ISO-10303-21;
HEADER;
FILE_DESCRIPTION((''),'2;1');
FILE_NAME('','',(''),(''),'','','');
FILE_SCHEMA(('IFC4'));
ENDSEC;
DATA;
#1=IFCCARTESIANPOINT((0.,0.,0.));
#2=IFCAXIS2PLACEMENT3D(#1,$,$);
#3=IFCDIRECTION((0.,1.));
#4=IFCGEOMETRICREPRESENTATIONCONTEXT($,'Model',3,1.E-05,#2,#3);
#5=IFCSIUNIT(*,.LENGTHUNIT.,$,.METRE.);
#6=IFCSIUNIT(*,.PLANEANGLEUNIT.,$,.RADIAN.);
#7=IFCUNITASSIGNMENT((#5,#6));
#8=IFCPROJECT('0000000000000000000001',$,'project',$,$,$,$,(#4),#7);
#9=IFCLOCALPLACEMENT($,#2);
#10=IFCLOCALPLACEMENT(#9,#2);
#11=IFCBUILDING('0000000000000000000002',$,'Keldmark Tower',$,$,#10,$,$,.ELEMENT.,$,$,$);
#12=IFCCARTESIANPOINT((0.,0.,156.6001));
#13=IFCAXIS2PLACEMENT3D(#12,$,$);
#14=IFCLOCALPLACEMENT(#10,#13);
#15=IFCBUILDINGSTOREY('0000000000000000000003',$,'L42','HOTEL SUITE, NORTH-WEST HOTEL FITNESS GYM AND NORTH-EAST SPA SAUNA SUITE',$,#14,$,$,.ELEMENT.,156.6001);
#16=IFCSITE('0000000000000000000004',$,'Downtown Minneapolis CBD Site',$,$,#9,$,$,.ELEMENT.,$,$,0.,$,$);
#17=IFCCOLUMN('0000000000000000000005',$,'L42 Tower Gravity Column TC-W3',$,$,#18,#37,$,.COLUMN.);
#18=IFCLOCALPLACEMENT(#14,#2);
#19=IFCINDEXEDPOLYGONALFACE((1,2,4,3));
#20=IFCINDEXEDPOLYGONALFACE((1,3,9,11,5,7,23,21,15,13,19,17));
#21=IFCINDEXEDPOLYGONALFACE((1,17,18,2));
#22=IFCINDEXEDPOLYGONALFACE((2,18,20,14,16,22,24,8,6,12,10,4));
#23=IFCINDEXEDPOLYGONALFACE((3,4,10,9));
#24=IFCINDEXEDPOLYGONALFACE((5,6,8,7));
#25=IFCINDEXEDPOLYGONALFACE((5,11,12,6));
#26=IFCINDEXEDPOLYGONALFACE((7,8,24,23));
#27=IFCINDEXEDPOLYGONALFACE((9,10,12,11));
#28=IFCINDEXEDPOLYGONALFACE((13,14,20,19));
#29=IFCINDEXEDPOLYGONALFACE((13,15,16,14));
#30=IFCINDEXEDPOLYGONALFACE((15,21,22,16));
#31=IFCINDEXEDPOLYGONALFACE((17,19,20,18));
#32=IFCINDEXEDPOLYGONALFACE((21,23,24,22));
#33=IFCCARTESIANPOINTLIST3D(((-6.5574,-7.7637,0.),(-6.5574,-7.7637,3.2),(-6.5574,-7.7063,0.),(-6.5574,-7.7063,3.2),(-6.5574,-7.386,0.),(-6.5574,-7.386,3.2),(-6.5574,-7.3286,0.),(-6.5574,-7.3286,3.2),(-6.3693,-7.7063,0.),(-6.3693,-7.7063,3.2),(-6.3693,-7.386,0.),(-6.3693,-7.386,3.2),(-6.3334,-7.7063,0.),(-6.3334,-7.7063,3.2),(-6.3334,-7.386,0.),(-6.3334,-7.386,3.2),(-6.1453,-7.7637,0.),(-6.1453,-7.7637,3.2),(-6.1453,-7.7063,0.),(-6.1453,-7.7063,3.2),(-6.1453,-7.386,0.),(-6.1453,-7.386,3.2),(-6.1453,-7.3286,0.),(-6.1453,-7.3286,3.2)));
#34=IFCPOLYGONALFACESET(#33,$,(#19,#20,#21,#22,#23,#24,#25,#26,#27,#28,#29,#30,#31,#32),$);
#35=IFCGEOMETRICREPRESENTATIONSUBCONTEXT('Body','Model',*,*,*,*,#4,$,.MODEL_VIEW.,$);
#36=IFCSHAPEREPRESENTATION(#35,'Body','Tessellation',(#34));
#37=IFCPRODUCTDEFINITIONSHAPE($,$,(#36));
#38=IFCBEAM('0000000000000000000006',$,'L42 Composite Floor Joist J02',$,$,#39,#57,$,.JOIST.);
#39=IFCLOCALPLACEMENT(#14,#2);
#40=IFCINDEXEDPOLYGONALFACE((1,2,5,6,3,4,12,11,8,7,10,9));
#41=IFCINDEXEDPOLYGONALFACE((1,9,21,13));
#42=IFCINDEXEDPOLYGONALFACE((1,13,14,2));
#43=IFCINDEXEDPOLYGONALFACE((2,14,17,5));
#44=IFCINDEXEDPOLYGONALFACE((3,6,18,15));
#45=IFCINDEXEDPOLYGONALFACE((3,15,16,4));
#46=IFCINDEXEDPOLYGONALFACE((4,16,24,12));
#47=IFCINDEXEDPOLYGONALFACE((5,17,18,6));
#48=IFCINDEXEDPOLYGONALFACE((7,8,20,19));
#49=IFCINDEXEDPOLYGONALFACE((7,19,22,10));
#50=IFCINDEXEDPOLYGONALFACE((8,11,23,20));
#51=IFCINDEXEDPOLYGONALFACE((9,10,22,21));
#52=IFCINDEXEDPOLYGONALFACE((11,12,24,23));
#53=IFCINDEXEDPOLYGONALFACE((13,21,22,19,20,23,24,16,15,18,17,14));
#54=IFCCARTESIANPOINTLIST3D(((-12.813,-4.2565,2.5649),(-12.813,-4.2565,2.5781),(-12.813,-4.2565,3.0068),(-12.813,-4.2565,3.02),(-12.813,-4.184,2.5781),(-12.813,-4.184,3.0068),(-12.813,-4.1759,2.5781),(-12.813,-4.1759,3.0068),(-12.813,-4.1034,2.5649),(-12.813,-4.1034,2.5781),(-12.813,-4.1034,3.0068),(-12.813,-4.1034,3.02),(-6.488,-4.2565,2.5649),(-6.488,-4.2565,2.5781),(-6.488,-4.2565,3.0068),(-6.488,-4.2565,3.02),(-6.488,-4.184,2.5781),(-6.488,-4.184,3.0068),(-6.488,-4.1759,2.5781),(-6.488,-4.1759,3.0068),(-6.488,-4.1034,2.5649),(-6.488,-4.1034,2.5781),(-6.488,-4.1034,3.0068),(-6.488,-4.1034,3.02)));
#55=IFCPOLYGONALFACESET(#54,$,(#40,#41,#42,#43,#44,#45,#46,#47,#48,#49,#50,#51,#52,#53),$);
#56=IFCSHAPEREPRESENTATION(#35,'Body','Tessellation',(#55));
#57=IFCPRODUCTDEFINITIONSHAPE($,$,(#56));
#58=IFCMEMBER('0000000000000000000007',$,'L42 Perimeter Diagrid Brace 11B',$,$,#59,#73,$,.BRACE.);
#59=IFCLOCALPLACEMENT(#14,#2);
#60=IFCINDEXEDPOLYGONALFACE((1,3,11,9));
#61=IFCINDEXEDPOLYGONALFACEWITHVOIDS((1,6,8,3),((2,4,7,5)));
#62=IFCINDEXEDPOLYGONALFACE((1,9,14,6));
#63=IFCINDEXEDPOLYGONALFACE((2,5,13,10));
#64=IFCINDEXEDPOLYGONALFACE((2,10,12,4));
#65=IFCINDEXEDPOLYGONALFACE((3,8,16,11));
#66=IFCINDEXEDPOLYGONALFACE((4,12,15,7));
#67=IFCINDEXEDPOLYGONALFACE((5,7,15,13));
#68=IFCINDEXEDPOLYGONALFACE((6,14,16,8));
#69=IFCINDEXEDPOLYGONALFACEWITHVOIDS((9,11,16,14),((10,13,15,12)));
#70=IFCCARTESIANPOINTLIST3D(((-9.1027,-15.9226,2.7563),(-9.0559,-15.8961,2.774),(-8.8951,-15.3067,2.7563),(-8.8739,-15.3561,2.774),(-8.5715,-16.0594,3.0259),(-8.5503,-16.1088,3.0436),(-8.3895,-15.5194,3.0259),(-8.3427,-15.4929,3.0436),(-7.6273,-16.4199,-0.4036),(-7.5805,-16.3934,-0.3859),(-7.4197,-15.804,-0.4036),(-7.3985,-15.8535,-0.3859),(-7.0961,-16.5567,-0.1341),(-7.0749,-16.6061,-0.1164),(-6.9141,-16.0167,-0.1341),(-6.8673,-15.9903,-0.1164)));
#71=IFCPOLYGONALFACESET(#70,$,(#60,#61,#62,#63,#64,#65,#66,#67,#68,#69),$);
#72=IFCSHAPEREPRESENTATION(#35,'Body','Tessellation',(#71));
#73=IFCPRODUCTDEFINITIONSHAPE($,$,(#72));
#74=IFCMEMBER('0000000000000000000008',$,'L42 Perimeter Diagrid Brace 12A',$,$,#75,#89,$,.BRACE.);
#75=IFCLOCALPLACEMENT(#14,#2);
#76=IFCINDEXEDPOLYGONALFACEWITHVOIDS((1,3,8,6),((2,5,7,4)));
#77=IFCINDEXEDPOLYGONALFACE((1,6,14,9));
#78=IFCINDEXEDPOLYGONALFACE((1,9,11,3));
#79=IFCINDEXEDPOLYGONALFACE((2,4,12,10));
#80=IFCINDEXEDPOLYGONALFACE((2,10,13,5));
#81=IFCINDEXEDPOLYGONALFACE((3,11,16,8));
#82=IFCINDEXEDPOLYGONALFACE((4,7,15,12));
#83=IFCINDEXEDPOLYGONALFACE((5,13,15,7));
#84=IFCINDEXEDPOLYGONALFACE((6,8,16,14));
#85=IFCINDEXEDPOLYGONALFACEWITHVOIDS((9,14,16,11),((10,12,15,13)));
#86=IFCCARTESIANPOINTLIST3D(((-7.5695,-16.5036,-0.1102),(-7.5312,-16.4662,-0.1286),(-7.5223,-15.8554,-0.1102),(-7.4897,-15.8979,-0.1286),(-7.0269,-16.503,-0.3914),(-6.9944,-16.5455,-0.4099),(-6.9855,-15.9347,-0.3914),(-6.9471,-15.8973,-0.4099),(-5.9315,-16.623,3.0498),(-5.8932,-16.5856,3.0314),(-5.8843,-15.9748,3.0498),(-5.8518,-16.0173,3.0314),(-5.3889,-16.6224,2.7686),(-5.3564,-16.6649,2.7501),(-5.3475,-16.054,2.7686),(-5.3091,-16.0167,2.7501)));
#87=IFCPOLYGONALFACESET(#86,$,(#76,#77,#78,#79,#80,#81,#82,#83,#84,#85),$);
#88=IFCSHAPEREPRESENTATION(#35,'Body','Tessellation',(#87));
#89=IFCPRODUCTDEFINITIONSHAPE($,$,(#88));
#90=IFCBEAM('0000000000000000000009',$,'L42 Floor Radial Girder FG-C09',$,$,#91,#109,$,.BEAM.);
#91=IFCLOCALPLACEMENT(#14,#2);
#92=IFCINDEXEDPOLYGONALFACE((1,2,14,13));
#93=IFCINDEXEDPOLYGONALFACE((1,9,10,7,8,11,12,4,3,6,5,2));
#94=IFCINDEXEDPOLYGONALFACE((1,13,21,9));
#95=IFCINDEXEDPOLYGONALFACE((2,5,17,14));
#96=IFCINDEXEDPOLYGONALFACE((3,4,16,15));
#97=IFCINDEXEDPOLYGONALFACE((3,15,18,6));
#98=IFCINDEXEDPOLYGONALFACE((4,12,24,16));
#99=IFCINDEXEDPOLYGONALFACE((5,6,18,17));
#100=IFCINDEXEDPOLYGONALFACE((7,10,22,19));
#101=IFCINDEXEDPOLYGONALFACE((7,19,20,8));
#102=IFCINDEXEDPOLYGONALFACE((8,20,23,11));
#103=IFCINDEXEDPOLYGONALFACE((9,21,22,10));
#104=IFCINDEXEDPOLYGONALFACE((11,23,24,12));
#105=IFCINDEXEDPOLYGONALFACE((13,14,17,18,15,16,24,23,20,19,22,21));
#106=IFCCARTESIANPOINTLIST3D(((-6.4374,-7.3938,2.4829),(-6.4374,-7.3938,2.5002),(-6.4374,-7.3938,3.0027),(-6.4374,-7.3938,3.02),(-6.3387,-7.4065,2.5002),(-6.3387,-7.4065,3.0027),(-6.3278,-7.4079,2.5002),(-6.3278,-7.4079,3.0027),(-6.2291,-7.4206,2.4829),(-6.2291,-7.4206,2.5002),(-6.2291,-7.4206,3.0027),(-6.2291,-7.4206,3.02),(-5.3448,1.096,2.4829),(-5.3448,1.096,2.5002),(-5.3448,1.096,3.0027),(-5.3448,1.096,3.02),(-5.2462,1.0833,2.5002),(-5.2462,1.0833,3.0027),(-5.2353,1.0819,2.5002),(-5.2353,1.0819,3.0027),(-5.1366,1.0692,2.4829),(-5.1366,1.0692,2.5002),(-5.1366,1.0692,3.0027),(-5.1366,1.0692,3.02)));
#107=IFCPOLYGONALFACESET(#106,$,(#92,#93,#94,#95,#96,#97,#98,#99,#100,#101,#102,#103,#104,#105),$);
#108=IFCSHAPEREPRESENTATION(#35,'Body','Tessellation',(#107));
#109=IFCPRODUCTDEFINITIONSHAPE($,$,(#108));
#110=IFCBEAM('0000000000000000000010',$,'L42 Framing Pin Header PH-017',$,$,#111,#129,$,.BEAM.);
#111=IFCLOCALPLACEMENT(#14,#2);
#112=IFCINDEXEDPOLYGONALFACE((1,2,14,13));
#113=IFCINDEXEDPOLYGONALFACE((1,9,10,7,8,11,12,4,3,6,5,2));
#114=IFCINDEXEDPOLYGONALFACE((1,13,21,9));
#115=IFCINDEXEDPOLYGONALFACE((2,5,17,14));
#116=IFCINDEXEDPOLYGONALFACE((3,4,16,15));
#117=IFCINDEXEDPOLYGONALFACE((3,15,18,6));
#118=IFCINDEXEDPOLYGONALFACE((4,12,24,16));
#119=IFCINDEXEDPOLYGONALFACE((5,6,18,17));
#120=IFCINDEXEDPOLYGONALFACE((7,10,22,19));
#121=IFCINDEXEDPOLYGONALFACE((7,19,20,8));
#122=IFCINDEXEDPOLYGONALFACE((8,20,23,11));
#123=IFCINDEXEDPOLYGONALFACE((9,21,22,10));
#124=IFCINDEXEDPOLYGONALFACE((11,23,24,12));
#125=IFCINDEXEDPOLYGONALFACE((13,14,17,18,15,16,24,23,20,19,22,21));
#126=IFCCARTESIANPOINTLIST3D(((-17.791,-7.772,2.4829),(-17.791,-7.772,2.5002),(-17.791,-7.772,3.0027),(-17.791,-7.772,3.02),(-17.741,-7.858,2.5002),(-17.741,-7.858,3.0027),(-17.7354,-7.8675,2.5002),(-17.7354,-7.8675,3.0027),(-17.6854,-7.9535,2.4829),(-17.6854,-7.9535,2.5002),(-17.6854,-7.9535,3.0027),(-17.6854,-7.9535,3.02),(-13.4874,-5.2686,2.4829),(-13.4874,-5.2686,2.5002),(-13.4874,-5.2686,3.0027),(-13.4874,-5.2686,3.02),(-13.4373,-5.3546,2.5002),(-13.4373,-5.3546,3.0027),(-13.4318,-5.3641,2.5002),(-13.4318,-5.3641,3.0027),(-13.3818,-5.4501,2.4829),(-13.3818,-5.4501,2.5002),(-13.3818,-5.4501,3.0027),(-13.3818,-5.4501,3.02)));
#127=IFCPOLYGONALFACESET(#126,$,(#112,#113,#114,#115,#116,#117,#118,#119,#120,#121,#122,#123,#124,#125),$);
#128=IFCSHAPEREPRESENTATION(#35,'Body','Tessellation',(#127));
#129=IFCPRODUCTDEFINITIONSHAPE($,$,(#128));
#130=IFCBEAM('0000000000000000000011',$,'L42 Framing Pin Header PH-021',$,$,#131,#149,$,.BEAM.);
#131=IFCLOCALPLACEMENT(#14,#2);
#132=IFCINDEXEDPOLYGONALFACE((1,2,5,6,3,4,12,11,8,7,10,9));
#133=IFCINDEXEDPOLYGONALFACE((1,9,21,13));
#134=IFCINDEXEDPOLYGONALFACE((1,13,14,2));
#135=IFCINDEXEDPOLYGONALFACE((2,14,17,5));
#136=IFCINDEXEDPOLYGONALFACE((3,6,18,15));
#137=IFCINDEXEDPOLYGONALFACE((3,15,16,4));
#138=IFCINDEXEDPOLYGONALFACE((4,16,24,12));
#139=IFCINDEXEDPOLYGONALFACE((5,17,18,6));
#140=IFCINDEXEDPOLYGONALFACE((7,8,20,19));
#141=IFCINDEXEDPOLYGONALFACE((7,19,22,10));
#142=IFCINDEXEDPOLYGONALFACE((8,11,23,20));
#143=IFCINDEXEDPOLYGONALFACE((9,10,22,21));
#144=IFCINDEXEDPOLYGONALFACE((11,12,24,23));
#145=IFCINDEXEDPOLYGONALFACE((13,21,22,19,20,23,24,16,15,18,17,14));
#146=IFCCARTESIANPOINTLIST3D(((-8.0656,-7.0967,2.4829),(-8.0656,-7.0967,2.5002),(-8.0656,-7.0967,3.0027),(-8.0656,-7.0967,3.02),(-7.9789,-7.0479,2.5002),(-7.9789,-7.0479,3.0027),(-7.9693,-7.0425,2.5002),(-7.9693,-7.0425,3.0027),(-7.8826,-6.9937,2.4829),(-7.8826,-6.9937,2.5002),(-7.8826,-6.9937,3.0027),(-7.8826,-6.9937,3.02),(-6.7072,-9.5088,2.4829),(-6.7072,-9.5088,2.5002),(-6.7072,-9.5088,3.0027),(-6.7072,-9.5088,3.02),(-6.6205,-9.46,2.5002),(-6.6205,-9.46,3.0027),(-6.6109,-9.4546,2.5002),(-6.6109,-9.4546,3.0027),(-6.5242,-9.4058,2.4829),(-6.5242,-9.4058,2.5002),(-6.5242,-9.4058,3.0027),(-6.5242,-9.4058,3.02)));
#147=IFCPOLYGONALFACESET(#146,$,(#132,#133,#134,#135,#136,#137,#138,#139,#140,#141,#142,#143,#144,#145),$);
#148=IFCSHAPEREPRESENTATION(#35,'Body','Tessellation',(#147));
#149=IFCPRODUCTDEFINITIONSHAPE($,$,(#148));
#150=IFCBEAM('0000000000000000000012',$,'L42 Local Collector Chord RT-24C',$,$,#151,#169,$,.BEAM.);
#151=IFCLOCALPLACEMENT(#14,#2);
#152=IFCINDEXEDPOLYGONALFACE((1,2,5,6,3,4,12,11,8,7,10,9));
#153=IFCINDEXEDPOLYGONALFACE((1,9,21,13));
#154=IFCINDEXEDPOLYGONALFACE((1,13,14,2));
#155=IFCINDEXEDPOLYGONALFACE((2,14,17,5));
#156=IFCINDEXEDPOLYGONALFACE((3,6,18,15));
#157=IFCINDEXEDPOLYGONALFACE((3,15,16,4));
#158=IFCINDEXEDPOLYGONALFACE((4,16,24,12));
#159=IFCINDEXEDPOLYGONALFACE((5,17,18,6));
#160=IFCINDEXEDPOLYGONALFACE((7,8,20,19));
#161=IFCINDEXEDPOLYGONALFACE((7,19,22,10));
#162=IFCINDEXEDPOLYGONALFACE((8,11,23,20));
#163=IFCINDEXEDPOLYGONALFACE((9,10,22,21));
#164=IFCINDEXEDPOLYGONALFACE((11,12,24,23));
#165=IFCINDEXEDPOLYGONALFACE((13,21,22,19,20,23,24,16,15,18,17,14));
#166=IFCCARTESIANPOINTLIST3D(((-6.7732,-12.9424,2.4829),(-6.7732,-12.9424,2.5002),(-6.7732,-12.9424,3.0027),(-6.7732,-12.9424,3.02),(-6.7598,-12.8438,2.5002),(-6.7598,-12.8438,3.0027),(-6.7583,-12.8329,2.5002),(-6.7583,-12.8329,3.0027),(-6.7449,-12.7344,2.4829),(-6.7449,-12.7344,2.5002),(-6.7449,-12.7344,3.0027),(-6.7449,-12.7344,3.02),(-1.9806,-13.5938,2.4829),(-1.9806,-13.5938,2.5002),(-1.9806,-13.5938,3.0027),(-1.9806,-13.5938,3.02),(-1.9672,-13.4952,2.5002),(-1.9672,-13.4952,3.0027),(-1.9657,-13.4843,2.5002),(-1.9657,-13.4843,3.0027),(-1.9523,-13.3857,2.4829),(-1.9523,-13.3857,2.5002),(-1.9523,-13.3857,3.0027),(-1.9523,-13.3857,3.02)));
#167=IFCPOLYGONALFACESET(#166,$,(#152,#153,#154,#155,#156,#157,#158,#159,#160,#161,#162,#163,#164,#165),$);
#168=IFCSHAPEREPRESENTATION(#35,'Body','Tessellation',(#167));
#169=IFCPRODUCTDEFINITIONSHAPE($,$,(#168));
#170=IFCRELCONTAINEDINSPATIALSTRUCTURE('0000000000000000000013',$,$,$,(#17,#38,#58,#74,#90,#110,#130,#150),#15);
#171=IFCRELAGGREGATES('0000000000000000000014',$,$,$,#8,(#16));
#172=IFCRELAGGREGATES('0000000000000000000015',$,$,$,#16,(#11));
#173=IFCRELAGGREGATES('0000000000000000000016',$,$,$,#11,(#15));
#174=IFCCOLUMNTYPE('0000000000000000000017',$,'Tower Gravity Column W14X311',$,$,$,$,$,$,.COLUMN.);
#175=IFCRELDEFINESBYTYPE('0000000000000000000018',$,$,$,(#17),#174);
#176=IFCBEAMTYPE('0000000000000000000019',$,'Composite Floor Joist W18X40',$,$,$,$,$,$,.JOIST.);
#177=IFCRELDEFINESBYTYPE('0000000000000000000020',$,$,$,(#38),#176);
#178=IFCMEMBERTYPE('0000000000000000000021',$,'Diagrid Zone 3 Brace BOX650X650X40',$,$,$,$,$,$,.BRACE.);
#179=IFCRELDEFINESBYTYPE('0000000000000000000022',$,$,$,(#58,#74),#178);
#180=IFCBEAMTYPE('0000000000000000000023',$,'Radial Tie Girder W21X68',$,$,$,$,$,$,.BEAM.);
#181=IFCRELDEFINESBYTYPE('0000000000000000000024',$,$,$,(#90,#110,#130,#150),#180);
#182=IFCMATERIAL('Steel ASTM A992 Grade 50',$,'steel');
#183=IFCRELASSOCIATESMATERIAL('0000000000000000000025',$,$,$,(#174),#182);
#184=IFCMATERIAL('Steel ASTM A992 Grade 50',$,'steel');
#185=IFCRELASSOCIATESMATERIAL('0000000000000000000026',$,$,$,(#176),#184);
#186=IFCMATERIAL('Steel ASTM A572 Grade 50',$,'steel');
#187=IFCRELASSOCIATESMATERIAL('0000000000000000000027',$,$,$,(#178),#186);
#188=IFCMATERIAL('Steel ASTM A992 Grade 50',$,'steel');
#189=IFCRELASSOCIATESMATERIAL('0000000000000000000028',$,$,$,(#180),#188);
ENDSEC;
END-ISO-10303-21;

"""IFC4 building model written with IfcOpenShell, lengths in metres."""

from ifc_helpers import new_model, si_unit, direction, frame, origin, origin_2d, place, context, subcontext, project, spatial, hollow_rectangle, i_section, extrude, material, material_profile, profile_set, type_object, element, save


model = new_model("IFC4")

# Units and contexts
model_context = context("Model", 3, precision=1e-05, world=origin(), true_north=direction((0.0, 1.0)))
body_context = subcontext(model_context, "Body", "Model", "MODEL_VIEW")
ifc_project = project(units=[si_unit("LENGTHUNIT", "METRE"), si_unit("PLANEANGLEUNIT", "RADIAN")], contexts=[model_context])

# Site, building, storey
site_placement = place(None, origin())
site = spatial("IfcSite", under=ifc_project, at=site_placement, Name="Downtown Minneapolis CBD Site", CompositionType="ELEMENT", RefElevation=0.0)
building_placement = place(site_placement, origin())
building = spatial("IfcBuilding", under=site, at=building_placement, Name="Keldmark Tower", CompositionType="ELEMENT")
storey_placement = place(building_placement, frame((0.0, 0.0, 156.6001)))
storey = spatial("IfcBuildingStorey", under=building, at=storey_placement, Name="L42", Description="HOTEL SUITE, NORTH-WEST HOTEL FITNESS GYM AND NORTH-EAST SPA SAUNA SUITE", CompositionType="ELEMENT", Elevation=156.6001)

# Column
ifc_material_1 = material(Name="Steel ASTM A992 Grade 50", Category="steel")
ifc_material_profile_1 = material_profile(ifc_material_1, i_section(OverallWidth=0.4121, OverallDepth=0.4351, WebThickness=0.0359, FlangeThickness=0.0574, at=origin_2d()), Name="W14X311")
ifc_profile_set_1 = profile_set([ifc_material_profile_1], Name="Steel ASTM A992 Grade 50")
column_type = type_object("IfcColumnType", Name="Tower Gravity Column W14X311", PredefinedType="COLUMN", material=ifc_profile_set_1)
column_placement = place(storey_placement, frame((-6.3513, -7.5461, 0.0), z_axis=(0.0, 0.0, 1.0), x_axis=(1.0, 0.0, 0.0)))
element("IfcColumn", 1, at=column_placement, inside=storey, type_object=column_type, Name="L42 Tower Gravity Column TC-W3", PredefinedType="COLUMN", context=body_context, shape_type="SweptSolid", body=[
    extrude(i_section(OverallWidth=0.4121, OverallDepth=0.4351, WebThickness=0.0359, FlangeThickness=0.0574, at=origin_2d()), origin(), (0.0, 0.0, 1.0), 3.2),
])

# Beam
ifc_material_2 = material(Name="Steel ASTM A992 Grade 50", Category="steel")
ifc_material_profile_2 = material_profile(ifc_material_2, i_section(OverallWidth=0.1531, OverallDepth=0.4551, WebThickness=0.0081, FlangeThickness=0.0132, at=origin_2d()), Name="W18X40")
ifc_profile_set_2 = profile_set([ifc_material_profile_2], Name="Steel ASTM A992 Grade 50")
beam_type_1 = type_object("IfcBeamType", Name="Composite Floor Joist W18X40", PredefinedType="JOIST", material=ifc_profile_set_2)
beam_1_placement = place(storey_placement, frame((-12.813, -4.1799, 2.7925), z_axis=(1.0, 0.0, 0.0), x_axis=(0.0, 1.0, 0.0)))
element("IfcBeam", 2, at=beam_1_placement, inside=storey, type_object=beam_type_1, Name="L42 Composite Floor Joist J02", PredefinedType="JOIST", context=body_context, shape_type="SweptSolid", body=[
    extrude(i_section(OverallWidth=0.1531, OverallDepth=0.4551, WebThickness=0.0081, FlangeThickness=0.0132, at=origin_2d()), origin(), (0.0, 0.0, 1.0), 6.325),
])

# Members
ifc_material_3 = material(Name="Steel ASTM A572 Grade 50", Category="steel")
ifc_material_profile_3 = material_profile(ifc_material_3, hollow_rectangle(XDim=0.6499, YDim=0.6499, WallThickness=0.04, at=origin_2d()), Name="BOX650X650X40")
ifc_profile_set_3 = profile_set([ifc_material_profile_3], Name="Steel ASTM A572 Grade 50")
member_type = type_object("IfcMemberType", Name="Diagrid Zone 3 Brace BOX650X650X40", PredefinedType="BRACE", material=ifc_profile_set_3)
member_1_placement = place(storey_placement, frame((-7.2473, -16.2051, -0.26), z_axis=(-0.418817, 0.141177, 0.897029), x_axis=(-0.319425, -0.947612, 0.0)))
element("IfcMember", 3, at=member_1_placement, inside=storey, type_object=member_type, Name="L42 Perimeter Diagrid Brace 11B", PredefinedType="BRACE", context=body_context, shape_type="SweptSolid", body=[
    extrude(hollow_rectangle(XDim=0.6499, YDim=0.6499, WallThickness=0.04, at=origin_2d()), origin(), (0.0, 0.0, 1.0), 3.5227),
])
member_2_placement = place(storey_placement, frame((-7.2583, -16.2004, -0.26), z_axis=(0.45994, -0.033524, 0.887317), x_axis=(0.072694, 0.997354, 0.0)))
element("IfcMember", 4, at=member_2_placement, inside=storey, type_object=member_type, Name="L42 Perimeter Diagrid Brace 12A", PredefinedType="BRACE", context=body_context, shape_type="SweptSolid", body=[
    extrude(hollow_rectangle(XDim=0.6499, YDim=0.6499, WallThickness=0.04, at=origin_2d()), origin(), (0.0, 0.0, 1.0), 3.5613),
])

# Beams
ifc_material_4 = material(Name="Steel ASTM A992 Grade 50", Category="steel")
ifc_material_profile_4 = material_profile(ifc_material_4, i_section(OverallWidth=0.21, OverallDepth=0.5371, WebThickness=0.011, FlangeThickness=0.0173, at=origin_2d()), Name="W21X68")
ifc_profile_set_4 = profile_set([ifc_material_profile_4], Name="Steel ASTM A992 Grade 50")
beam_type_2 = type_object("IfcBeamType", Name="Radial Tie Girder W21X68", PredefinedType="BEAM", material=ifc_profile_set_4)
beam_2_placement = place(storey_placement, frame((-6.3333, -7.4072, 2.7515), z_axis=(0.127636, 0.991821, 0.0), x_axis=(-0.991821, 0.127636, 0.0)))
element("IfcBeam", 5, at=beam_2_placement, inside=storey, type_object=beam_type_2, Name="L42 Floor Radial Girder FG-C09", PredefinedType="BEAM", context=body_context, shape_type="SweptSolid", body=[
    extrude(i_section(OverallWidth=0.21, OverallDepth=0.5371, WebThickness=0.011, FlangeThickness=0.0173, at=origin_2d()), origin(), (0.0, 0.0, 1.0), 8.5598),
])
beam_3_placement = place(storey_placement, frame((-13.4346, -5.3594, 2.7515), z_axis=(-0.864397, -0.50281, 0.0), x_axis=(0.50281, -0.864397, 0.0)))
element("IfcBeam", 6, at=beam_3_placement, inside=storey, type_object=beam_type_2, Name="L42 Framing Pin Header PH-017", PredefinedType="BEAM", context=body_context, shape_type="SweptSolid", body=[
    extrude(i_section(OverallWidth=0.21, OverallDepth=0.5371, WebThickness=0.011, FlangeThickness=0.0173, at=origin_2d()), origin(), (0.0, 0.0, 1.0), 4.9788),
])
beam_4_placement = place(storey_placement, frame((-7.9741, -7.0452, 2.7515), z_axis=(0.490697, -0.87133, 0.0), x_axis=(0.87133, 0.490697, 0.0)))
element("IfcBeam", 7, at=beam_4_placement, inside=storey, type_object=beam_type_2, Name="L42 Framing Pin Header PH-021", PredefinedType="BEAM", context=body_context, shape_type="SweptSolid", body=[
    extrude(i_section(OverallWidth=0.21, OverallDepth=0.5371, WebThickness=0.011, FlangeThickness=0.0173, at=origin_2d()), origin(), (0.0, 0.0, 1.0), 2.7683),
])
beam_5_placement = place(storey_placement, frame((-6.759, -12.8384, 2.7515), z_axis=(0.990891, -0.134669, 0.0), x_axis=(0.134669, 0.990891, 0.0)))
element("IfcBeam", 8, at=beam_5_placement, inside=storey, type_object=beam_type_2, Name="L42 Local Collector Chord RT-24C", PredefinedType="BEAM", context=body_context, shape_type="SweptSolid", body=[
    extrude(i_section(OverallWidth=0.21, OverallDepth=0.5371, WebThickness=0.011, FlangeThickness=0.0173, at=origin_2d()), origin(), (0.0, 0.0, 1.0), 4.8367),
])

save(model, "model.ifc")
